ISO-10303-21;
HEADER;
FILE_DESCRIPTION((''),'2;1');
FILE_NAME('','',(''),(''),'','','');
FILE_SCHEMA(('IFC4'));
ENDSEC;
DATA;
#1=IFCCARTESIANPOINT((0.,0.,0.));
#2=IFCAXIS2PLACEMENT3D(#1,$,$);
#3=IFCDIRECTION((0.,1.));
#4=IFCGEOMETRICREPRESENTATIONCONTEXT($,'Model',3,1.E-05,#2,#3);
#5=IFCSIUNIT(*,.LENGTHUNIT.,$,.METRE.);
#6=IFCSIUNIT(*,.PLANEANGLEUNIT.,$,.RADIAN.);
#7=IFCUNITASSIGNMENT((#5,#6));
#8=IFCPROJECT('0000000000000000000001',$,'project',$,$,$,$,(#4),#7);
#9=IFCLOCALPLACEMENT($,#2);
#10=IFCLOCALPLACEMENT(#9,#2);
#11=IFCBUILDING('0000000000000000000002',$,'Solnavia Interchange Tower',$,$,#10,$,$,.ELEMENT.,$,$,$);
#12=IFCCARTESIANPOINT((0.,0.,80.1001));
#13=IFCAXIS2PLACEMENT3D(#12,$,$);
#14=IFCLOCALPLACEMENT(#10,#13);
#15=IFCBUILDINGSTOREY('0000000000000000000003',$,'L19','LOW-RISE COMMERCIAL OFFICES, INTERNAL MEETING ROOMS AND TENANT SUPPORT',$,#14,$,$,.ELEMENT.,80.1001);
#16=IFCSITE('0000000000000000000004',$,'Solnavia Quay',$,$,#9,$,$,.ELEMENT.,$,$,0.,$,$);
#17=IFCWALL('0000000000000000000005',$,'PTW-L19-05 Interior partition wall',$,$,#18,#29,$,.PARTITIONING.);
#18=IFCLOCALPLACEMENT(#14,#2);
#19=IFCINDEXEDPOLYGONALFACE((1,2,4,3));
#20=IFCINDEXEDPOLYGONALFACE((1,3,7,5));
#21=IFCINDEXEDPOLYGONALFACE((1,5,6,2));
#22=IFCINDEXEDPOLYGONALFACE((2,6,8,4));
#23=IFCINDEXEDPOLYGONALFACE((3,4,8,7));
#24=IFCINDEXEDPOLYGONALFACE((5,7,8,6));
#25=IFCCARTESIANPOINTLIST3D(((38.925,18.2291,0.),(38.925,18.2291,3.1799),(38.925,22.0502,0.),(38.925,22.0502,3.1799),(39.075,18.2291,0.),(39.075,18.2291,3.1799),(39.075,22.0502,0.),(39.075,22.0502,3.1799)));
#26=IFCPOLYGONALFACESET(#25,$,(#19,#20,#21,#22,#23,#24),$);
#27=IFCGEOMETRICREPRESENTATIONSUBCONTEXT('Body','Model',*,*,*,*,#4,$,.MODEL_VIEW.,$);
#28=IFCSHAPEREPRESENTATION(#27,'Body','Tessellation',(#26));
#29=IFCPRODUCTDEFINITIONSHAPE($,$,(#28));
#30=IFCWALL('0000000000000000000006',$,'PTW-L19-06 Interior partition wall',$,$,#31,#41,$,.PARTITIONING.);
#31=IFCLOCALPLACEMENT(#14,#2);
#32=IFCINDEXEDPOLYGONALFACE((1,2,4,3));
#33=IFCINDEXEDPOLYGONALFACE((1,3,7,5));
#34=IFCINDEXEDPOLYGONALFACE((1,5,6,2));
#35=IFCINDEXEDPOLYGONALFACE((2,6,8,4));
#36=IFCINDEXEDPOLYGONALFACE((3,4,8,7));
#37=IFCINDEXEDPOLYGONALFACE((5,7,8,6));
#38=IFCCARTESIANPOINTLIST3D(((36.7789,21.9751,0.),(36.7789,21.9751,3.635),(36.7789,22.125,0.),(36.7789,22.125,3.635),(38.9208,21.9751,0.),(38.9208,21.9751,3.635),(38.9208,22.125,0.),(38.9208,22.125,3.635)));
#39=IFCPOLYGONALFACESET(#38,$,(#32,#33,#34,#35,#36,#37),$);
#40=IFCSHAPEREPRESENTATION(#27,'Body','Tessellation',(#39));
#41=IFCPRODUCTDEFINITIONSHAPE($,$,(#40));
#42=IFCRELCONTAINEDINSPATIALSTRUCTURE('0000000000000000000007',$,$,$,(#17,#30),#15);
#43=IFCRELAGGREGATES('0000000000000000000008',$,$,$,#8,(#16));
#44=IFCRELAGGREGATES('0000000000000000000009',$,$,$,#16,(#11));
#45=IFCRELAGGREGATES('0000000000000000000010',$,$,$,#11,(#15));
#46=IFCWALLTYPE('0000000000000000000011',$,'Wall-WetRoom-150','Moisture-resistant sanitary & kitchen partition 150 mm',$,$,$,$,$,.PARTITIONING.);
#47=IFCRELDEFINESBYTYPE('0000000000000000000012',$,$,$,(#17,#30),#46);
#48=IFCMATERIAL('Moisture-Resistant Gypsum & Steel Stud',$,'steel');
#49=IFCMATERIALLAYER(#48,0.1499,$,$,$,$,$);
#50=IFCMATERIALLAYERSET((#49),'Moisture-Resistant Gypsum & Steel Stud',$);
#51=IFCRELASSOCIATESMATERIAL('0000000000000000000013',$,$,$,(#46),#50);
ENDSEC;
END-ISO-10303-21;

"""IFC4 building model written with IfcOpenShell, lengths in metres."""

from ifc_helpers import new_model, si_unit, direction, frame, frame_2d, origin, place, context, subcontext, project, spatial, rectangle, extrude, material, layer, layer_set, type_object, element, save


model = new_model("IFC4")

# Units and contexts
model_context = context("Model", 3, precision=1e-05, world=origin(), true_north=direction((0.0, 1.0)))
body_context = subcontext(model_context, "Body", "Model", "MODEL_VIEW")
ifc_project = project(units=[si_unit("LENGTHUNIT", "METRE"), si_unit("PLANEANGLEUNIT", "RADIAN")], contexts=[model_context])

# Site, building, storey
site_placement = place(None, origin())
site = spatial("IfcSite", under=ifc_project, at=site_placement, Name="Solnavia Quay", CompositionType="ELEMENT", RefElevation=0.0)
building_placement = place(site_placement, origin())
building = spatial("IfcBuilding", under=site, at=building_placement, Name="Solnavia Interchange Tower", CompositionType="ELEMENT")
storey_placement = place(building_placement, frame((0.0, 0.0, 80.1001)))
storey = spatial("IfcBuildingStorey", under=building, at=storey_placement, Name="L19", Description="LOW-RISE COMMERCIAL OFFICES, INTERNAL MEETING ROOMS AND TENANT SUPPORT", CompositionType="ELEMENT", Elevation=80.1001)

# Walls
ifc_material_1 = material(Name="Moisture-Resistant Gypsum & Steel Stud", Category="steel")
ifc_layer_1 = layer(ifc_material_1, 0.1499)
ifc_layer_set_1 = layer_set([ifc_layer_1], Name="Moisture-Resistant Gypsum & Steel Stud")
wall_type_1 = type_object("IfcWallType", Name="Wall-WetRoom-150", Description="Moisture-resistant sanitary & kitchen partition 150 mm", PredefinedType="PARTITIONING", material=ifc_layer_set_1)
wall_1_placement = place(storey_placement, frame((39.0, 18.229, 0.0), z_axis=(0.0, 0.0, 1.0), x_axis=(0.0, 1.0, 0.0)))
element("IfcWall", 1, at=wall_1_placement, inside=storey, type_object=wall_type_1, Name="PTW-L19-05 Interior partition wall", PredefinedType="PARTITIONING", context=body_context, shape_type="SweptSolid", body=[
    extrude(rectangle(XDim=3.821, YDim=0.1499, at=frame_2d((1.9106, 0.0))), origin(), (0.0, 0.0, 1.0), 3.1799),
])
wall_2_placement = place(storey_placement, frame((36.7791, 22.05, 0.0), z_axis=(0.0, 0.0, 1.0), x_axis=(1.0, 0.0, 0.0)))
element("IfcWall", 2, at=wall_2_placement, inside=storey, type_object=wall_type_1, Name="PTW-L19-06 Interior partition wall", PredefinedType="PARTITIONING", context=body_context, shape_type="SweptSolid", body=[
    extrude(rectangle(XDim=2.1418, YDim=0.1499, at=frame_2d((1.0708, 0.0))), origin(), (0.0, 0.0, 1.0), 3.635),
])

save(model, "model.ifc")
